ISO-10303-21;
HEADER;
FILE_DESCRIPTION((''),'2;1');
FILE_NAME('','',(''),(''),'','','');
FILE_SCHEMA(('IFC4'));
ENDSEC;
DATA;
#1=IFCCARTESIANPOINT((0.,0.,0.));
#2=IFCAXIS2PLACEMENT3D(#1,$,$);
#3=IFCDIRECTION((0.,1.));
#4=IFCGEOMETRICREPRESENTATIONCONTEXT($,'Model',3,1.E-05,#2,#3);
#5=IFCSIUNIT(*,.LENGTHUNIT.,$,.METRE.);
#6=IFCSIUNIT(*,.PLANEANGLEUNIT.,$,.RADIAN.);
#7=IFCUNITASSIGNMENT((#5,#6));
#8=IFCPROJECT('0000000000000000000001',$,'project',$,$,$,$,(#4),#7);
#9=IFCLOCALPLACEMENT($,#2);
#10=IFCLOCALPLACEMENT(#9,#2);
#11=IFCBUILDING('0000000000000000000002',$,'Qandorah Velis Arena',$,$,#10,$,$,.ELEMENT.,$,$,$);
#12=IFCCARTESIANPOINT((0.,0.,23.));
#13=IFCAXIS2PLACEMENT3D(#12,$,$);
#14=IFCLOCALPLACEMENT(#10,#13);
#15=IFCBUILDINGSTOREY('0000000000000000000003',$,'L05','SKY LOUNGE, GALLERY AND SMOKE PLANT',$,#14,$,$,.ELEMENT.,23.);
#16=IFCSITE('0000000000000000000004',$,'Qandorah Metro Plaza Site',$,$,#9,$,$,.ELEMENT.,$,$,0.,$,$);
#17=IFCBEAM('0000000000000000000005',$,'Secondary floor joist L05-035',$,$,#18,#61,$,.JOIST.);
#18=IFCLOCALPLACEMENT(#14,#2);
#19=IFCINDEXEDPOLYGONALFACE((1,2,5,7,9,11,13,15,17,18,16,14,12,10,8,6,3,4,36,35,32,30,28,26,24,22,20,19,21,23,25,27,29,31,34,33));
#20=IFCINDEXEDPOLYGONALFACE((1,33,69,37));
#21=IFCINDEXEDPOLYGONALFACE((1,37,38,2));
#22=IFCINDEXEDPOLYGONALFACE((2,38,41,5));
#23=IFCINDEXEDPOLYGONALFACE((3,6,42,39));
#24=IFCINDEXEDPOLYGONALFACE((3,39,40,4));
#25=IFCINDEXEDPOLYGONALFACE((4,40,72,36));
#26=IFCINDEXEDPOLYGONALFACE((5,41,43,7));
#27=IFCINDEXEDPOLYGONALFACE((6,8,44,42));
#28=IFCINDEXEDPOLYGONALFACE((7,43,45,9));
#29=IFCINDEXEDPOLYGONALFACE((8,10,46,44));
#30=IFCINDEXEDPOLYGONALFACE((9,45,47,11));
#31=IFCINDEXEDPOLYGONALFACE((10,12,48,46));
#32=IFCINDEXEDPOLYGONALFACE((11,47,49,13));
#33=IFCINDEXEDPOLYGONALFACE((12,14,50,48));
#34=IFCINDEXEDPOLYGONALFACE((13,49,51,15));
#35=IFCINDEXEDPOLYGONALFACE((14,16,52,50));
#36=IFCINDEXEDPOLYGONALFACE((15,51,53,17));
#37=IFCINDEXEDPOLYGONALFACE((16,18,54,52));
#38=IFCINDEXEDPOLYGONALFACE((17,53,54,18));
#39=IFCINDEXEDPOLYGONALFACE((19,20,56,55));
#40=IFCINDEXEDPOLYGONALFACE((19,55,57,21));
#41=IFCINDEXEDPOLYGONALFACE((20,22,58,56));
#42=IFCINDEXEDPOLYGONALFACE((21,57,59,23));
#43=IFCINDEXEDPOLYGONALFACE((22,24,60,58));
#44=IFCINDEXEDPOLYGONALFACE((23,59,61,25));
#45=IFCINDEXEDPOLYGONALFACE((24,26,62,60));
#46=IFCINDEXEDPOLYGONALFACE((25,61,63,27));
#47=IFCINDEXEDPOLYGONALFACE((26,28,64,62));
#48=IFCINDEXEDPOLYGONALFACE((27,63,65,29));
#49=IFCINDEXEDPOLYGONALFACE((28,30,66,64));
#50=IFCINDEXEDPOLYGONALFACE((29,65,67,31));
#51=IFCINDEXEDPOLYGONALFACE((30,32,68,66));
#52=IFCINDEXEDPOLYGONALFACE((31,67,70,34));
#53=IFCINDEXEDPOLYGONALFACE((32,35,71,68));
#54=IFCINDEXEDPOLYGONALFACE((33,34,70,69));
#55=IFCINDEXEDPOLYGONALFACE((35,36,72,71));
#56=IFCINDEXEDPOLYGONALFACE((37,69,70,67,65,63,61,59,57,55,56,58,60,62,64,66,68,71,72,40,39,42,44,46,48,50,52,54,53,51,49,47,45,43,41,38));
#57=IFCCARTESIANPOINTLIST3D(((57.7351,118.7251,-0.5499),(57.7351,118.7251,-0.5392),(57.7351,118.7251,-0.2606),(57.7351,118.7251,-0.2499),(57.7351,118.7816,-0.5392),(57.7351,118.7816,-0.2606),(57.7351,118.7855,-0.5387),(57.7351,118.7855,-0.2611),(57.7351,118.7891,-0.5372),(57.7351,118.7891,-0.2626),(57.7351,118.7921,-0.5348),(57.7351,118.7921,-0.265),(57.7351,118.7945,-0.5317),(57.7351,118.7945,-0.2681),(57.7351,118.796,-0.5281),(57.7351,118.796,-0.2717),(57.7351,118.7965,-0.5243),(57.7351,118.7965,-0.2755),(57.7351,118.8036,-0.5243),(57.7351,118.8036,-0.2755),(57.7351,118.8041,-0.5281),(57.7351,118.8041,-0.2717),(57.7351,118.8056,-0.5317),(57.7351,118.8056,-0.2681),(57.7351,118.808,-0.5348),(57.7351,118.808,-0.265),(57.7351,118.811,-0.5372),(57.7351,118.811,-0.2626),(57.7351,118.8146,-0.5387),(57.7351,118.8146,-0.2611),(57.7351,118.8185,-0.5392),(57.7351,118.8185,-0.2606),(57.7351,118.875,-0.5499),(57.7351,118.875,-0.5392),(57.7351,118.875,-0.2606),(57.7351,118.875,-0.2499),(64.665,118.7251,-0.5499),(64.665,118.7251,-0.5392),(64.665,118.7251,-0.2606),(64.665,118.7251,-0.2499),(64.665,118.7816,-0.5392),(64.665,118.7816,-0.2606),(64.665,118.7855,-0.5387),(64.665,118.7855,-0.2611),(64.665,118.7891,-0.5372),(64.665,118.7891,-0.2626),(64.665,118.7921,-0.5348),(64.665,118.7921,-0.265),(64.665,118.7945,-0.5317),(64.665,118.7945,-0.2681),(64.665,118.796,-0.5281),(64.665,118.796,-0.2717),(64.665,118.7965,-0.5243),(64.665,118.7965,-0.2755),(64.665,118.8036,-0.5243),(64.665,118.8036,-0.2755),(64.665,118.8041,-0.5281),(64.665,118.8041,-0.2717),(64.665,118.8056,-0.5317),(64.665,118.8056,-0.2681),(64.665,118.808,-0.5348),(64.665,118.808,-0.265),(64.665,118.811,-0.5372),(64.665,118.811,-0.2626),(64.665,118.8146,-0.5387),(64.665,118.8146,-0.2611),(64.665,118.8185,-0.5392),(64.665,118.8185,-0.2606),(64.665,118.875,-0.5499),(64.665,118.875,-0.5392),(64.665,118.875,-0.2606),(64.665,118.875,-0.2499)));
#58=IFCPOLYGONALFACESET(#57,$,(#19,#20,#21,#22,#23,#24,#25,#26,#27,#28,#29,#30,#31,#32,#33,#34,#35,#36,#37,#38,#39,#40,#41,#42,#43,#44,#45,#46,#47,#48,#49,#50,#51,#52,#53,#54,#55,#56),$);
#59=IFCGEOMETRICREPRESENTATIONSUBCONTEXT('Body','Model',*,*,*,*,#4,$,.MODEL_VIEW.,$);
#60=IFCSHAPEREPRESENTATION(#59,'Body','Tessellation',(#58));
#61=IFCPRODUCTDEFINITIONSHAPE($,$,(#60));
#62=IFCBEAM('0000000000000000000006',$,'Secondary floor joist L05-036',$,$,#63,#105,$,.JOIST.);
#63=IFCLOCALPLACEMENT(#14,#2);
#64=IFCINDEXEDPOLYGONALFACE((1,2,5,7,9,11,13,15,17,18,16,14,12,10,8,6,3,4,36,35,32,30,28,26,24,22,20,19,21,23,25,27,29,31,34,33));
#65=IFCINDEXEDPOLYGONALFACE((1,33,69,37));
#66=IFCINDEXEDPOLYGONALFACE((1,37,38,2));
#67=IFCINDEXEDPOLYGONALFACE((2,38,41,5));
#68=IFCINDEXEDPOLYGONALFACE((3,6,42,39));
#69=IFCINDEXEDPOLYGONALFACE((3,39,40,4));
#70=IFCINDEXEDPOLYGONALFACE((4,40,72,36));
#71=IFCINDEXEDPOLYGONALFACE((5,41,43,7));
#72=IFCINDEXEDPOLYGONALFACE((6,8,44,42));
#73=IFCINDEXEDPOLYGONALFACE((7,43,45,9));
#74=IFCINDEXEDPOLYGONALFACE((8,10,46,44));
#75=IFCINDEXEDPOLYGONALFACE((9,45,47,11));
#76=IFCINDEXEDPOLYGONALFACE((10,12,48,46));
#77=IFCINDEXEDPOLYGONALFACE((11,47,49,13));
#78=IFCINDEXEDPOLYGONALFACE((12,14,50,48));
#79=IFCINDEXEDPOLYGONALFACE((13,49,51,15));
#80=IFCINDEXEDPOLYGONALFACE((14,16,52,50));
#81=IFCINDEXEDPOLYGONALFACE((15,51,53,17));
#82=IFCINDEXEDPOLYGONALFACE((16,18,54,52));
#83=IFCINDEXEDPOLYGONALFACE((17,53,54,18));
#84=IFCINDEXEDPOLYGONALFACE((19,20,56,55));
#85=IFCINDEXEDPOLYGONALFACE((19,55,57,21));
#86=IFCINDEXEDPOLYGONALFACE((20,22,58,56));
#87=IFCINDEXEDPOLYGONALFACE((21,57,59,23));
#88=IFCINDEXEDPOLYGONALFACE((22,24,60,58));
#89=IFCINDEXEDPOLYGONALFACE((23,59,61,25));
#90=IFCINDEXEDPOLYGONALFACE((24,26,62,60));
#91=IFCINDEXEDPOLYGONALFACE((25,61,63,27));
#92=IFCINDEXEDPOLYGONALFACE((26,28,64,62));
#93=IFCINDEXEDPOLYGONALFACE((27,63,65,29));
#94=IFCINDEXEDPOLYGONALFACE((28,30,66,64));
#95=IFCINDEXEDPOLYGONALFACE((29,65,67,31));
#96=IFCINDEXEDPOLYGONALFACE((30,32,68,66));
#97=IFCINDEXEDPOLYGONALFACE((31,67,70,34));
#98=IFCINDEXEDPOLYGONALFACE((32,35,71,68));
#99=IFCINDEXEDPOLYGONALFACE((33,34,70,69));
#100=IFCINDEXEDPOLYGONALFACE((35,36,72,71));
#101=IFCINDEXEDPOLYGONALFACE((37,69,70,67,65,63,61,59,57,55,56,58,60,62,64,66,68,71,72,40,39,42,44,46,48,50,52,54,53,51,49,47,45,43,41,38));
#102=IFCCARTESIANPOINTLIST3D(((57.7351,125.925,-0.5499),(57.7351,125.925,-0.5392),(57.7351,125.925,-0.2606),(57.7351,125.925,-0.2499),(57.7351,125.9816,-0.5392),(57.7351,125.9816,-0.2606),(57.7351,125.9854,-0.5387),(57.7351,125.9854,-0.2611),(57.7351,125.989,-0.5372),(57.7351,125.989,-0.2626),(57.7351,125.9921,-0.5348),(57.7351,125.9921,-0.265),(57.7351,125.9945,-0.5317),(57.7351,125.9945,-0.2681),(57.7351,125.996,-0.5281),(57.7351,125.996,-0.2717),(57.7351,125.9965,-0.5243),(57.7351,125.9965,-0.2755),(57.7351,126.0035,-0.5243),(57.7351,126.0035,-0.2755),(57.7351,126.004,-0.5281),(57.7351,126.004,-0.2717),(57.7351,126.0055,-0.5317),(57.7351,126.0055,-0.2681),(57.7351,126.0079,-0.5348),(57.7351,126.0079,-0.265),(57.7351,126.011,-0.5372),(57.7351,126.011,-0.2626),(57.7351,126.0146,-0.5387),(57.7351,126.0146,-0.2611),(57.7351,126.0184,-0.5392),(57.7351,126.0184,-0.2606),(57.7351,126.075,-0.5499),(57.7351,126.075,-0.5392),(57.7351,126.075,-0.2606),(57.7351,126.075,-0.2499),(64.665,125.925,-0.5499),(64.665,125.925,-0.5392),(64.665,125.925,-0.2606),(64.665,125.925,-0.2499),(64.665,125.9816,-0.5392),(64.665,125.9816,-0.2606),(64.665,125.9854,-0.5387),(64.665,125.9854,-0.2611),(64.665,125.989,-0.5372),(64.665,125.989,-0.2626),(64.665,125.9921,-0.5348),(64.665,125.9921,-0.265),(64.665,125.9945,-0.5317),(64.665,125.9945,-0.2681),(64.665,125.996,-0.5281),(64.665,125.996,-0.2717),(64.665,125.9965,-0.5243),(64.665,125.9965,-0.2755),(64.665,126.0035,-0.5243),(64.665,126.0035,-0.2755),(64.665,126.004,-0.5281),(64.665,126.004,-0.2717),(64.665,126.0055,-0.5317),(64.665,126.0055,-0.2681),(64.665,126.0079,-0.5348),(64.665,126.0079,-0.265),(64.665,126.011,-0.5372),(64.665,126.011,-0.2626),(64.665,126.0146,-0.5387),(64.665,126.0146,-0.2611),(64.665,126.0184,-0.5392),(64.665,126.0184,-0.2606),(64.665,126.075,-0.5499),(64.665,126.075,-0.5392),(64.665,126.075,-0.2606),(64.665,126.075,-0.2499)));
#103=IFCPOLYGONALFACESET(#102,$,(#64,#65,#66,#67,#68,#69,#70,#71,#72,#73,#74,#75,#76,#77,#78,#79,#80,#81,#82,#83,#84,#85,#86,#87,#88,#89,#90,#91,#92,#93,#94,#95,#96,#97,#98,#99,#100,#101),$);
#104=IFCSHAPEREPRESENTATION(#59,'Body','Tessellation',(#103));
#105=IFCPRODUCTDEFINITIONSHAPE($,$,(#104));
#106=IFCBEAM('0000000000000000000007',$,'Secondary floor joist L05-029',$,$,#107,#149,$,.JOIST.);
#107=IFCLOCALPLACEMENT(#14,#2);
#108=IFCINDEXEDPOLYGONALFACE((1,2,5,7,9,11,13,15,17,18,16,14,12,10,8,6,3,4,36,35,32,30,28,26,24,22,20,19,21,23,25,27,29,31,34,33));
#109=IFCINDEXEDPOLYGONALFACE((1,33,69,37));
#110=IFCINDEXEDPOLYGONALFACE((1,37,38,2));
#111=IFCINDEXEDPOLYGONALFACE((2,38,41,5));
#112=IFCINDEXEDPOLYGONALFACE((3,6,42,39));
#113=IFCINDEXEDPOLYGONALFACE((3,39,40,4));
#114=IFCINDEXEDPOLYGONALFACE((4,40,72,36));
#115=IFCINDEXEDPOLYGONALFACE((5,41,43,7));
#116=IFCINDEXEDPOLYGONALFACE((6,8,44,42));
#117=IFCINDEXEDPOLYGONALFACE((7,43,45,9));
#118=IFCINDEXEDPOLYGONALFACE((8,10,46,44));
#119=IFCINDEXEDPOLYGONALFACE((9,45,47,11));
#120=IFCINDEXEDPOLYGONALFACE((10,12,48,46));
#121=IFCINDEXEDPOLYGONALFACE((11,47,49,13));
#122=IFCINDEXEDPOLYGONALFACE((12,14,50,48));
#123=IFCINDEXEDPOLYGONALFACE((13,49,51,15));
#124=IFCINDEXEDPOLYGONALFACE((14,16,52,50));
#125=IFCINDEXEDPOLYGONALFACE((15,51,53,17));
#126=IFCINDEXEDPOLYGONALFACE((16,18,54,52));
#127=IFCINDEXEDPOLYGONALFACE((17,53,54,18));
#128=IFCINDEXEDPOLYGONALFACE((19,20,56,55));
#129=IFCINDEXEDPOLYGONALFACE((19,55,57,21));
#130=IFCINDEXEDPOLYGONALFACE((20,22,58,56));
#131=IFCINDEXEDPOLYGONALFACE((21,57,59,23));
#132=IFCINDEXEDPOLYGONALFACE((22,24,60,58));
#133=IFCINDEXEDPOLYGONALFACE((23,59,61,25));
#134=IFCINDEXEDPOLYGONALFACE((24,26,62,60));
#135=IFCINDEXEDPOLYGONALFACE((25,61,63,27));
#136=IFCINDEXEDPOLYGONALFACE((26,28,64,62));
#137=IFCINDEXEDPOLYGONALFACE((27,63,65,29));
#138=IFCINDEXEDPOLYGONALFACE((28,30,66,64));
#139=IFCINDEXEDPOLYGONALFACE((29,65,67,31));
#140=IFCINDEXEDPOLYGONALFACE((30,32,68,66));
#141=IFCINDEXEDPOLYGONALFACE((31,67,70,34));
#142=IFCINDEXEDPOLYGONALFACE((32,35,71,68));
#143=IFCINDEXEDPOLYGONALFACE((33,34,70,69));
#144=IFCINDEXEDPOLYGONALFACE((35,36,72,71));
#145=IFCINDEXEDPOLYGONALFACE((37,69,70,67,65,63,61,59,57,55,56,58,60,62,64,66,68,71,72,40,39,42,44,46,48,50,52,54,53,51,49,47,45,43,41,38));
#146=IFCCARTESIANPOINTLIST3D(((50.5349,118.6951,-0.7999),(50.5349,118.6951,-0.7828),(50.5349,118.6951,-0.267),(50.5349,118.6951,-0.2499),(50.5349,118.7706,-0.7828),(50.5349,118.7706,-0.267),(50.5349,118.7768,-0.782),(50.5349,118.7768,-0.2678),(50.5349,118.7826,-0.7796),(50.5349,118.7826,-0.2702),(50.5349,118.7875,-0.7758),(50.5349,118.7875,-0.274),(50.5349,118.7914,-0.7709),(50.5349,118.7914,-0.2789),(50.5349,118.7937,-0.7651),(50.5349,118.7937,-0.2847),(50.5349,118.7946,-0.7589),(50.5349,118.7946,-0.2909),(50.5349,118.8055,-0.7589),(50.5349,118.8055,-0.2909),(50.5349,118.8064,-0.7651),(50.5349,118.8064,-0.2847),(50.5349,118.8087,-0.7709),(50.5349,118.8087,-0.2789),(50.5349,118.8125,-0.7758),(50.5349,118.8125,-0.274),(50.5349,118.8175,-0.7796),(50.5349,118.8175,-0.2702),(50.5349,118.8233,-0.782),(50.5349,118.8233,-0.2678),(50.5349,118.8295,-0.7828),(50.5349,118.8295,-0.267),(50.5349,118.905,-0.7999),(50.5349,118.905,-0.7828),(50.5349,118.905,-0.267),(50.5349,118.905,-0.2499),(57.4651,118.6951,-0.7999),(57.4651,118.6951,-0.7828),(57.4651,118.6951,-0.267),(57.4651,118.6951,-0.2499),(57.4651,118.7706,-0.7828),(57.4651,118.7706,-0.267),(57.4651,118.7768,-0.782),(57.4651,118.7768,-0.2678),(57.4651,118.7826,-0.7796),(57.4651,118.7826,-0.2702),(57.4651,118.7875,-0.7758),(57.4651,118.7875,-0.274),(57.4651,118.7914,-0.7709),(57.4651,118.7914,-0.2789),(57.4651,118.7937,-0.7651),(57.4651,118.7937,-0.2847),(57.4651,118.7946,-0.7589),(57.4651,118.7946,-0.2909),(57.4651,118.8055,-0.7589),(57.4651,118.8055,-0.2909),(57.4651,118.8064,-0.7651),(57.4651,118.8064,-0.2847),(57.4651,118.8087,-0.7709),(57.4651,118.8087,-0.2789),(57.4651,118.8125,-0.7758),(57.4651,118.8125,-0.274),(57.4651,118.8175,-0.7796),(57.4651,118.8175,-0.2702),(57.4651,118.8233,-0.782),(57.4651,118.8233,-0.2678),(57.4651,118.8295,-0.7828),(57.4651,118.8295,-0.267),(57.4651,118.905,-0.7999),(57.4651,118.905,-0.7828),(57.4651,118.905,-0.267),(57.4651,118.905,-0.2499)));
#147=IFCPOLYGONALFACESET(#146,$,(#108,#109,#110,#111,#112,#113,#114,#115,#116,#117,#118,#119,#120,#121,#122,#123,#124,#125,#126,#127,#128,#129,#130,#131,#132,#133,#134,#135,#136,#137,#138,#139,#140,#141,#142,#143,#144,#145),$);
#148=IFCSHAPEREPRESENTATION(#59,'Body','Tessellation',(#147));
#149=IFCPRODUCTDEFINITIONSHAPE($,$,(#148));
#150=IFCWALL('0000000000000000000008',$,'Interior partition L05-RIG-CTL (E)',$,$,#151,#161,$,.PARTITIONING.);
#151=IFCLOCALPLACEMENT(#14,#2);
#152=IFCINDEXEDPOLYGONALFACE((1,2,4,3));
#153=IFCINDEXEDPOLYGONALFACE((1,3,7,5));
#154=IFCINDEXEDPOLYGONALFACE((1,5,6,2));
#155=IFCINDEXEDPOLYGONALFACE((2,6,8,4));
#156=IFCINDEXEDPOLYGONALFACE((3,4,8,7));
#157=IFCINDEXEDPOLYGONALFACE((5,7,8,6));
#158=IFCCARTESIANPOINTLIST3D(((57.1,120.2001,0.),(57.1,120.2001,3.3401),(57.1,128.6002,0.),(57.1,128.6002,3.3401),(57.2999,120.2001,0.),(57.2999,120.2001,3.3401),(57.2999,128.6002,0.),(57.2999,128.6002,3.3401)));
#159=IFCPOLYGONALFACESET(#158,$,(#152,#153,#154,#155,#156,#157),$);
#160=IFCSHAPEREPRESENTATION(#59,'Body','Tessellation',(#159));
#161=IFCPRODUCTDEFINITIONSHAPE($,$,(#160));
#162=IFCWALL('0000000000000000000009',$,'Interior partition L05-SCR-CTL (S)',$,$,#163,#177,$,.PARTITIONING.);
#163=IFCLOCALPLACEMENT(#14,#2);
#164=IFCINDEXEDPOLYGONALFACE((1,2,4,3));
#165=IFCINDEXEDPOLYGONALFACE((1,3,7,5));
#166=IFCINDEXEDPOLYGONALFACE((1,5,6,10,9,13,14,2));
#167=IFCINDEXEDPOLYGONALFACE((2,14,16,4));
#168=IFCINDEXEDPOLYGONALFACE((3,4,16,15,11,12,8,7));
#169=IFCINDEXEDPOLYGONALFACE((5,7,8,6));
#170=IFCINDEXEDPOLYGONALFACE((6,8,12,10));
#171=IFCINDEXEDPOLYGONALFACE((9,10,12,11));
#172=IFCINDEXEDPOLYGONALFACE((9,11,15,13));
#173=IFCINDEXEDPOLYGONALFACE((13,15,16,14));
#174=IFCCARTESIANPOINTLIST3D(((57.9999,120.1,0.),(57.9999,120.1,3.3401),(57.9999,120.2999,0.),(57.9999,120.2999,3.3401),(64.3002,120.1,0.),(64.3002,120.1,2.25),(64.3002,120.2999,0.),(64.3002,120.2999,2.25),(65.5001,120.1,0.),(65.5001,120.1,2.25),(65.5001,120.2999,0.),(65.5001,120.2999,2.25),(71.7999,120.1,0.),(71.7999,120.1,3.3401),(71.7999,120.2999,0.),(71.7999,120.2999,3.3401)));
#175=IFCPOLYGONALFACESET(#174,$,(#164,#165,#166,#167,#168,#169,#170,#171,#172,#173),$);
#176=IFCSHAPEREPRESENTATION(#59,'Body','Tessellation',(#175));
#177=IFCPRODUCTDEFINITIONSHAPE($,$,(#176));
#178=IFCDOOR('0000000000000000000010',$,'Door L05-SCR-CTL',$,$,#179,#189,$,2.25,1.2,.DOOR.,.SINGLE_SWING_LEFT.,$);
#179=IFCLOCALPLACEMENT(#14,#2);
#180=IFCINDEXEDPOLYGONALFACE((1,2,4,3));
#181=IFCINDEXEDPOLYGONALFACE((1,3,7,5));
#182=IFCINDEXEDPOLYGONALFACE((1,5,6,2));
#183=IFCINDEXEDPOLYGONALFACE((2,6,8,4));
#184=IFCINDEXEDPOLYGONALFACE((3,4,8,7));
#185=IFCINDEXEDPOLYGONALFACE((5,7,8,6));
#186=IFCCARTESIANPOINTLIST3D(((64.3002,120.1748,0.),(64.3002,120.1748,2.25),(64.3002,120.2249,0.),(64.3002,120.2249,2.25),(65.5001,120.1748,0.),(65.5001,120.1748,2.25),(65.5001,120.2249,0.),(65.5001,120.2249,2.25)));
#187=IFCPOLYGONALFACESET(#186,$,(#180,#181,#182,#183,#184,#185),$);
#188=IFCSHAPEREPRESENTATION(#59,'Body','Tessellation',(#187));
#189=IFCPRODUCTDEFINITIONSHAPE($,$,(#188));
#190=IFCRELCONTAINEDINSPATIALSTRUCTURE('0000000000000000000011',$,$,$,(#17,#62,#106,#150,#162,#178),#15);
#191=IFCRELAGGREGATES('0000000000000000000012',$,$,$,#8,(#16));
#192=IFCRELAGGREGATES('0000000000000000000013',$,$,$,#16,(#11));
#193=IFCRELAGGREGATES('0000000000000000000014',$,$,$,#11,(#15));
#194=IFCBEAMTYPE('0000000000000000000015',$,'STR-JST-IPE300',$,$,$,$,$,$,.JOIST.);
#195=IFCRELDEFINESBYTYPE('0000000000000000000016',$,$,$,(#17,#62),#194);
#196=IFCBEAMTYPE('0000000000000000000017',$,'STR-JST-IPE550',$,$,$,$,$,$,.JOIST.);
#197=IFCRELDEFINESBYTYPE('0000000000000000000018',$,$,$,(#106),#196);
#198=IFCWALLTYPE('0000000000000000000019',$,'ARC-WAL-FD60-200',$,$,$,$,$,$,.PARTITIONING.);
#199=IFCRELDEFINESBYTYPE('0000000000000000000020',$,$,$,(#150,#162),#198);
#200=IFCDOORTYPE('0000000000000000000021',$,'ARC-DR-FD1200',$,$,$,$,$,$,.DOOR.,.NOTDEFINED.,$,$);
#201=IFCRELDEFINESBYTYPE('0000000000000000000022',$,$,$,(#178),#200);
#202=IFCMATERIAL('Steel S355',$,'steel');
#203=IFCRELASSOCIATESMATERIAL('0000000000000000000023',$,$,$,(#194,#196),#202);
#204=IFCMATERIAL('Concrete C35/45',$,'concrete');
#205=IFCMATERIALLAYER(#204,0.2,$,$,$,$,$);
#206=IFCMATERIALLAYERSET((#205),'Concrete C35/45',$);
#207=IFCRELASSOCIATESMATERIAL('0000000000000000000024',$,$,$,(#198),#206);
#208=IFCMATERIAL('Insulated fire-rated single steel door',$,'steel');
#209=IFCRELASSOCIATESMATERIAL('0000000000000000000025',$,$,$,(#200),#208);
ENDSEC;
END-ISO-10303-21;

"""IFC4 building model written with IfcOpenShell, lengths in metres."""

from ifc_helpers import new_model, si_unit, direction, frame, frame_2d, origin, origin_2d, place, context, subcontext, project, spatial, rectangle, i_section, extrude, material, layer, layer_set, material_profile, profile_set, type_object, element, fill, save


model = new_model("IFC4")

# Units and contexts
model_context = context("Model", 3, precision=1e-05, world=origin(), true_north=direction((0.0, 1.0)))
body_context = subcontext(model_context, "Body", "Model", "MODEL_VIEW")
ifc_project = project(units=[si_unit("LENGTHUNIT", "METRE"), si_unit("PLANEANGLEUNIT", "RADIAN")], contexts=[model_context])

# Site, building, storey
site_placement = place(None, origin())
site = spatial("IfcSite", under=ifc_project, at=site_placement, Name="Qandorah Metro Plaza Site", CompositionType="ELEMENT", RefElevation=0.0)
building_placement = place(site_placement, origin())
building = spatial("IfcBuilding", under=site, at=building_placement, Name="Qandorah Velis Arena", CompositionType="ELEMENT")
storey_placement = place(building_placement, frame((0.0, 0.0, 23.0)))
storey = spatial("IfcBuildingStorey", under=building, at=storey_placement, Name="L05", Description="SKY LOUNGE, GALLERY AND SMOKE PLANT", CompositionType="ELEMENT", Elevation=23.0)

# Beams
ifc_material_1 = material(Name="Steel S355", Category="steel")
ifc_material_profile_1 = material_profile(ifc_material_1, i_section(OverallWidth=0.1499, OverallDepth=0.3, WebThickness=0.0071, FlangeThickness=0.0107, FilletRadius=0.0149, at=origin_2d()), Name="IPE 300")
ifc_profile_set_1 = profile_set([ifc_material_profile_1], Name="Steel S355")
beam_type_1 = type_object("IfcBeamType", Name="STR-JST-IPE300", PredefinedType="JOIST", material=ifc_profile_set_1)
for number, where, z_axis, x_axis, name in (
    (1, (57.7351, 118.8, -0.3999), (1.0, 0.0, 0.0), (0.0, 1.0, 0.0), "Secondary floor joist L05-035"),
    (2, (57.7351, 126.0, -0.3999), (1.0, 0.0, 0.0), (0.0, 1.0, 0.0), "Secondary floor joist L05-036"),
):
    element("IfcBeam", number, at=place(storey_placement, frame(where, z_axis=z_axis, x_axis=x_axis)), inside=storey, type_object=beam_type_1, Name=name, PredefinedType="JOIST", context=body_context, shape_type="SweptSolid", body=[
        extrude(i_section(OverallWidth=0.1499, OverallDepth=0.3, WebThickness=0.0071, FlangeThickness=0.0107, FilletRadius=0.0149, at=origin_2d()), origin(), (0.0, 0.0, 1.0), 6.9299),
    ])
ifc_material_profile_2 = material_profile(ifc_material_1, i_section(OverallWidth=0.21, OverallDepth=0.55, WebThickness=0.011, FlangeThickness=0.0171, FilletRadius=0.0239, at=origin_2d()), Name="IPE 550")
ifc_profile_set_2 = profile_set([ifc_material_profile_2], Name="Steel S355")
beam_type_2 = type_object("IfcBeamType", Name="STR-JST-IPE550", PredefinedType="JOIST", material=ifc_profile_set_2)
beam_1_placement = place(storey_placement, frame((50.5349, 118.8, -0.5249), z_axis=(1.0, 0.0, 0.0), x_axis=(0.0, 1.0, 0.0)))
element("IfcBeam", 3, at=beam_1_placement, inside=storey, type_object=beam_type_2, Name="Secondary floor joist L05-029", PredefinedType="JOIST", context=body_context, shape_type="SweptSolid", body=[
    extrude(i_section(OverallWidth=0.21, OverallDepth=0.55, WebThickness=0.011, FlangeThickness=0.0171, FilletRadius=0.0239, at=origin_2d()), origin(), (0.0, 0.0, 1.0), 6.9302),
])

# Wall
ifc_material_2 = material(Name="Concrete C35/45", Category="concrete")
ifc_layer = layer(ifc_material_2, 0.2)
ifc_layer_set = layer_set([ifc_layer], Name="Concrete C35/45")
wall_type = type_object("IfcWallType", Name="ARC-WAL-FD60-200", PredefinedType="PARTITIONING", material=ifc_layer_set)
wall_1_placement = place(storey_placement, frame((57.2, 120.2, 0.0), z_axis=(0.0, 0.0, 1.0), x_axis=(0.0, 1.0, 0.0)))
element("IfcWall", 4, at=wall_1_placement, inside=storey, type_object=wall_type, Name="Interior partition L05-RIG-CTL (E)", PredefinedType="PARTITIONING", context=body_context, shape_type="SweptSolid", body=[
    extrude(rectangle(XDim=8.4001, YDim=0.2, at=frame_2d((4.2002, 0.0))), origin(), (0.0, 0.0, 1.0), 3.3401),
])

# Wall, opening, door
wall_2_placement = place(storey_placement, frame((58.0, 120.2, 0.0), z_axis=(0.0, 0.0, 1.0), x_axis=(1.0, 0.0, 0.0)))
wall_2 = element("IfcWall", 5, at=wall_2_placement, inside=storey, type_object=wall_type, Name="Interior partition L05-SCR-CTL (S)", PredefinedType="PARTITIONING", context=body_context, shape_type="SweptSolid", body=[
    extrude(rectangle(XDim=13.8, YDim=0.2, at=frame_2d((6.8999, 0.0))), origin(), (0.0, 0.0, 1.0), 3.3401),
])
opening_placement = place(wall_2_placement, frame((6.3, 0.0, 0.0)))
opening = element("IfcOpeningElement", 6, at=opening_placement, cuts=wall_2, PredefinedType="OPENING", context=body_context, shape_type="SweptSolid", body=[
    extrude(rectangle(XDim=1.2, YDim=2.25, at=frame_2d((0.6001, 1.125))), frame((0.0, 0.1099, 0.0), z_axis=(0.0, -1.0, 0.0), x_axis=(1.0, 0.0, 0.0)), (0.0, 0.0, 1.0), 0.22),
])
ifc_material_3 = material(Name="Insulated fire-rated single steel door", Category="steel")
door_type = type_object("IfcDoorType", Name="ARC-DR-FD1200", OperationType="NOTDEFINED", PredefinedType="DOOR", material=ifc_material_3)
door_placement = place(opening_placement, origin())
door = element("IfcDoor", 7, at=door_placement, inside=storey, type_object=door_type, Name="Door L05-SCR-CTL", OperationType="SINGLE_SWING_LEFT", OverallHeight=2.25, OverallWidth=1.2, PredefinedType="DOOR", context=body_context, shape_type="SweptSolid", body=[
    extrude(rectangle(XDim=1.2, YDim=2.25, at=frame_2d((0.6001, 1.125))), frame((0.0, 0.0249, 0.0), z_axis=(0.0, -1.0, 0.0), x_axis=(1.0, 0.0, 0.0)), (0.0, 0.0, 1.0), 0.05),
])
fill(opening, door)

save(model, "model.ifc")
